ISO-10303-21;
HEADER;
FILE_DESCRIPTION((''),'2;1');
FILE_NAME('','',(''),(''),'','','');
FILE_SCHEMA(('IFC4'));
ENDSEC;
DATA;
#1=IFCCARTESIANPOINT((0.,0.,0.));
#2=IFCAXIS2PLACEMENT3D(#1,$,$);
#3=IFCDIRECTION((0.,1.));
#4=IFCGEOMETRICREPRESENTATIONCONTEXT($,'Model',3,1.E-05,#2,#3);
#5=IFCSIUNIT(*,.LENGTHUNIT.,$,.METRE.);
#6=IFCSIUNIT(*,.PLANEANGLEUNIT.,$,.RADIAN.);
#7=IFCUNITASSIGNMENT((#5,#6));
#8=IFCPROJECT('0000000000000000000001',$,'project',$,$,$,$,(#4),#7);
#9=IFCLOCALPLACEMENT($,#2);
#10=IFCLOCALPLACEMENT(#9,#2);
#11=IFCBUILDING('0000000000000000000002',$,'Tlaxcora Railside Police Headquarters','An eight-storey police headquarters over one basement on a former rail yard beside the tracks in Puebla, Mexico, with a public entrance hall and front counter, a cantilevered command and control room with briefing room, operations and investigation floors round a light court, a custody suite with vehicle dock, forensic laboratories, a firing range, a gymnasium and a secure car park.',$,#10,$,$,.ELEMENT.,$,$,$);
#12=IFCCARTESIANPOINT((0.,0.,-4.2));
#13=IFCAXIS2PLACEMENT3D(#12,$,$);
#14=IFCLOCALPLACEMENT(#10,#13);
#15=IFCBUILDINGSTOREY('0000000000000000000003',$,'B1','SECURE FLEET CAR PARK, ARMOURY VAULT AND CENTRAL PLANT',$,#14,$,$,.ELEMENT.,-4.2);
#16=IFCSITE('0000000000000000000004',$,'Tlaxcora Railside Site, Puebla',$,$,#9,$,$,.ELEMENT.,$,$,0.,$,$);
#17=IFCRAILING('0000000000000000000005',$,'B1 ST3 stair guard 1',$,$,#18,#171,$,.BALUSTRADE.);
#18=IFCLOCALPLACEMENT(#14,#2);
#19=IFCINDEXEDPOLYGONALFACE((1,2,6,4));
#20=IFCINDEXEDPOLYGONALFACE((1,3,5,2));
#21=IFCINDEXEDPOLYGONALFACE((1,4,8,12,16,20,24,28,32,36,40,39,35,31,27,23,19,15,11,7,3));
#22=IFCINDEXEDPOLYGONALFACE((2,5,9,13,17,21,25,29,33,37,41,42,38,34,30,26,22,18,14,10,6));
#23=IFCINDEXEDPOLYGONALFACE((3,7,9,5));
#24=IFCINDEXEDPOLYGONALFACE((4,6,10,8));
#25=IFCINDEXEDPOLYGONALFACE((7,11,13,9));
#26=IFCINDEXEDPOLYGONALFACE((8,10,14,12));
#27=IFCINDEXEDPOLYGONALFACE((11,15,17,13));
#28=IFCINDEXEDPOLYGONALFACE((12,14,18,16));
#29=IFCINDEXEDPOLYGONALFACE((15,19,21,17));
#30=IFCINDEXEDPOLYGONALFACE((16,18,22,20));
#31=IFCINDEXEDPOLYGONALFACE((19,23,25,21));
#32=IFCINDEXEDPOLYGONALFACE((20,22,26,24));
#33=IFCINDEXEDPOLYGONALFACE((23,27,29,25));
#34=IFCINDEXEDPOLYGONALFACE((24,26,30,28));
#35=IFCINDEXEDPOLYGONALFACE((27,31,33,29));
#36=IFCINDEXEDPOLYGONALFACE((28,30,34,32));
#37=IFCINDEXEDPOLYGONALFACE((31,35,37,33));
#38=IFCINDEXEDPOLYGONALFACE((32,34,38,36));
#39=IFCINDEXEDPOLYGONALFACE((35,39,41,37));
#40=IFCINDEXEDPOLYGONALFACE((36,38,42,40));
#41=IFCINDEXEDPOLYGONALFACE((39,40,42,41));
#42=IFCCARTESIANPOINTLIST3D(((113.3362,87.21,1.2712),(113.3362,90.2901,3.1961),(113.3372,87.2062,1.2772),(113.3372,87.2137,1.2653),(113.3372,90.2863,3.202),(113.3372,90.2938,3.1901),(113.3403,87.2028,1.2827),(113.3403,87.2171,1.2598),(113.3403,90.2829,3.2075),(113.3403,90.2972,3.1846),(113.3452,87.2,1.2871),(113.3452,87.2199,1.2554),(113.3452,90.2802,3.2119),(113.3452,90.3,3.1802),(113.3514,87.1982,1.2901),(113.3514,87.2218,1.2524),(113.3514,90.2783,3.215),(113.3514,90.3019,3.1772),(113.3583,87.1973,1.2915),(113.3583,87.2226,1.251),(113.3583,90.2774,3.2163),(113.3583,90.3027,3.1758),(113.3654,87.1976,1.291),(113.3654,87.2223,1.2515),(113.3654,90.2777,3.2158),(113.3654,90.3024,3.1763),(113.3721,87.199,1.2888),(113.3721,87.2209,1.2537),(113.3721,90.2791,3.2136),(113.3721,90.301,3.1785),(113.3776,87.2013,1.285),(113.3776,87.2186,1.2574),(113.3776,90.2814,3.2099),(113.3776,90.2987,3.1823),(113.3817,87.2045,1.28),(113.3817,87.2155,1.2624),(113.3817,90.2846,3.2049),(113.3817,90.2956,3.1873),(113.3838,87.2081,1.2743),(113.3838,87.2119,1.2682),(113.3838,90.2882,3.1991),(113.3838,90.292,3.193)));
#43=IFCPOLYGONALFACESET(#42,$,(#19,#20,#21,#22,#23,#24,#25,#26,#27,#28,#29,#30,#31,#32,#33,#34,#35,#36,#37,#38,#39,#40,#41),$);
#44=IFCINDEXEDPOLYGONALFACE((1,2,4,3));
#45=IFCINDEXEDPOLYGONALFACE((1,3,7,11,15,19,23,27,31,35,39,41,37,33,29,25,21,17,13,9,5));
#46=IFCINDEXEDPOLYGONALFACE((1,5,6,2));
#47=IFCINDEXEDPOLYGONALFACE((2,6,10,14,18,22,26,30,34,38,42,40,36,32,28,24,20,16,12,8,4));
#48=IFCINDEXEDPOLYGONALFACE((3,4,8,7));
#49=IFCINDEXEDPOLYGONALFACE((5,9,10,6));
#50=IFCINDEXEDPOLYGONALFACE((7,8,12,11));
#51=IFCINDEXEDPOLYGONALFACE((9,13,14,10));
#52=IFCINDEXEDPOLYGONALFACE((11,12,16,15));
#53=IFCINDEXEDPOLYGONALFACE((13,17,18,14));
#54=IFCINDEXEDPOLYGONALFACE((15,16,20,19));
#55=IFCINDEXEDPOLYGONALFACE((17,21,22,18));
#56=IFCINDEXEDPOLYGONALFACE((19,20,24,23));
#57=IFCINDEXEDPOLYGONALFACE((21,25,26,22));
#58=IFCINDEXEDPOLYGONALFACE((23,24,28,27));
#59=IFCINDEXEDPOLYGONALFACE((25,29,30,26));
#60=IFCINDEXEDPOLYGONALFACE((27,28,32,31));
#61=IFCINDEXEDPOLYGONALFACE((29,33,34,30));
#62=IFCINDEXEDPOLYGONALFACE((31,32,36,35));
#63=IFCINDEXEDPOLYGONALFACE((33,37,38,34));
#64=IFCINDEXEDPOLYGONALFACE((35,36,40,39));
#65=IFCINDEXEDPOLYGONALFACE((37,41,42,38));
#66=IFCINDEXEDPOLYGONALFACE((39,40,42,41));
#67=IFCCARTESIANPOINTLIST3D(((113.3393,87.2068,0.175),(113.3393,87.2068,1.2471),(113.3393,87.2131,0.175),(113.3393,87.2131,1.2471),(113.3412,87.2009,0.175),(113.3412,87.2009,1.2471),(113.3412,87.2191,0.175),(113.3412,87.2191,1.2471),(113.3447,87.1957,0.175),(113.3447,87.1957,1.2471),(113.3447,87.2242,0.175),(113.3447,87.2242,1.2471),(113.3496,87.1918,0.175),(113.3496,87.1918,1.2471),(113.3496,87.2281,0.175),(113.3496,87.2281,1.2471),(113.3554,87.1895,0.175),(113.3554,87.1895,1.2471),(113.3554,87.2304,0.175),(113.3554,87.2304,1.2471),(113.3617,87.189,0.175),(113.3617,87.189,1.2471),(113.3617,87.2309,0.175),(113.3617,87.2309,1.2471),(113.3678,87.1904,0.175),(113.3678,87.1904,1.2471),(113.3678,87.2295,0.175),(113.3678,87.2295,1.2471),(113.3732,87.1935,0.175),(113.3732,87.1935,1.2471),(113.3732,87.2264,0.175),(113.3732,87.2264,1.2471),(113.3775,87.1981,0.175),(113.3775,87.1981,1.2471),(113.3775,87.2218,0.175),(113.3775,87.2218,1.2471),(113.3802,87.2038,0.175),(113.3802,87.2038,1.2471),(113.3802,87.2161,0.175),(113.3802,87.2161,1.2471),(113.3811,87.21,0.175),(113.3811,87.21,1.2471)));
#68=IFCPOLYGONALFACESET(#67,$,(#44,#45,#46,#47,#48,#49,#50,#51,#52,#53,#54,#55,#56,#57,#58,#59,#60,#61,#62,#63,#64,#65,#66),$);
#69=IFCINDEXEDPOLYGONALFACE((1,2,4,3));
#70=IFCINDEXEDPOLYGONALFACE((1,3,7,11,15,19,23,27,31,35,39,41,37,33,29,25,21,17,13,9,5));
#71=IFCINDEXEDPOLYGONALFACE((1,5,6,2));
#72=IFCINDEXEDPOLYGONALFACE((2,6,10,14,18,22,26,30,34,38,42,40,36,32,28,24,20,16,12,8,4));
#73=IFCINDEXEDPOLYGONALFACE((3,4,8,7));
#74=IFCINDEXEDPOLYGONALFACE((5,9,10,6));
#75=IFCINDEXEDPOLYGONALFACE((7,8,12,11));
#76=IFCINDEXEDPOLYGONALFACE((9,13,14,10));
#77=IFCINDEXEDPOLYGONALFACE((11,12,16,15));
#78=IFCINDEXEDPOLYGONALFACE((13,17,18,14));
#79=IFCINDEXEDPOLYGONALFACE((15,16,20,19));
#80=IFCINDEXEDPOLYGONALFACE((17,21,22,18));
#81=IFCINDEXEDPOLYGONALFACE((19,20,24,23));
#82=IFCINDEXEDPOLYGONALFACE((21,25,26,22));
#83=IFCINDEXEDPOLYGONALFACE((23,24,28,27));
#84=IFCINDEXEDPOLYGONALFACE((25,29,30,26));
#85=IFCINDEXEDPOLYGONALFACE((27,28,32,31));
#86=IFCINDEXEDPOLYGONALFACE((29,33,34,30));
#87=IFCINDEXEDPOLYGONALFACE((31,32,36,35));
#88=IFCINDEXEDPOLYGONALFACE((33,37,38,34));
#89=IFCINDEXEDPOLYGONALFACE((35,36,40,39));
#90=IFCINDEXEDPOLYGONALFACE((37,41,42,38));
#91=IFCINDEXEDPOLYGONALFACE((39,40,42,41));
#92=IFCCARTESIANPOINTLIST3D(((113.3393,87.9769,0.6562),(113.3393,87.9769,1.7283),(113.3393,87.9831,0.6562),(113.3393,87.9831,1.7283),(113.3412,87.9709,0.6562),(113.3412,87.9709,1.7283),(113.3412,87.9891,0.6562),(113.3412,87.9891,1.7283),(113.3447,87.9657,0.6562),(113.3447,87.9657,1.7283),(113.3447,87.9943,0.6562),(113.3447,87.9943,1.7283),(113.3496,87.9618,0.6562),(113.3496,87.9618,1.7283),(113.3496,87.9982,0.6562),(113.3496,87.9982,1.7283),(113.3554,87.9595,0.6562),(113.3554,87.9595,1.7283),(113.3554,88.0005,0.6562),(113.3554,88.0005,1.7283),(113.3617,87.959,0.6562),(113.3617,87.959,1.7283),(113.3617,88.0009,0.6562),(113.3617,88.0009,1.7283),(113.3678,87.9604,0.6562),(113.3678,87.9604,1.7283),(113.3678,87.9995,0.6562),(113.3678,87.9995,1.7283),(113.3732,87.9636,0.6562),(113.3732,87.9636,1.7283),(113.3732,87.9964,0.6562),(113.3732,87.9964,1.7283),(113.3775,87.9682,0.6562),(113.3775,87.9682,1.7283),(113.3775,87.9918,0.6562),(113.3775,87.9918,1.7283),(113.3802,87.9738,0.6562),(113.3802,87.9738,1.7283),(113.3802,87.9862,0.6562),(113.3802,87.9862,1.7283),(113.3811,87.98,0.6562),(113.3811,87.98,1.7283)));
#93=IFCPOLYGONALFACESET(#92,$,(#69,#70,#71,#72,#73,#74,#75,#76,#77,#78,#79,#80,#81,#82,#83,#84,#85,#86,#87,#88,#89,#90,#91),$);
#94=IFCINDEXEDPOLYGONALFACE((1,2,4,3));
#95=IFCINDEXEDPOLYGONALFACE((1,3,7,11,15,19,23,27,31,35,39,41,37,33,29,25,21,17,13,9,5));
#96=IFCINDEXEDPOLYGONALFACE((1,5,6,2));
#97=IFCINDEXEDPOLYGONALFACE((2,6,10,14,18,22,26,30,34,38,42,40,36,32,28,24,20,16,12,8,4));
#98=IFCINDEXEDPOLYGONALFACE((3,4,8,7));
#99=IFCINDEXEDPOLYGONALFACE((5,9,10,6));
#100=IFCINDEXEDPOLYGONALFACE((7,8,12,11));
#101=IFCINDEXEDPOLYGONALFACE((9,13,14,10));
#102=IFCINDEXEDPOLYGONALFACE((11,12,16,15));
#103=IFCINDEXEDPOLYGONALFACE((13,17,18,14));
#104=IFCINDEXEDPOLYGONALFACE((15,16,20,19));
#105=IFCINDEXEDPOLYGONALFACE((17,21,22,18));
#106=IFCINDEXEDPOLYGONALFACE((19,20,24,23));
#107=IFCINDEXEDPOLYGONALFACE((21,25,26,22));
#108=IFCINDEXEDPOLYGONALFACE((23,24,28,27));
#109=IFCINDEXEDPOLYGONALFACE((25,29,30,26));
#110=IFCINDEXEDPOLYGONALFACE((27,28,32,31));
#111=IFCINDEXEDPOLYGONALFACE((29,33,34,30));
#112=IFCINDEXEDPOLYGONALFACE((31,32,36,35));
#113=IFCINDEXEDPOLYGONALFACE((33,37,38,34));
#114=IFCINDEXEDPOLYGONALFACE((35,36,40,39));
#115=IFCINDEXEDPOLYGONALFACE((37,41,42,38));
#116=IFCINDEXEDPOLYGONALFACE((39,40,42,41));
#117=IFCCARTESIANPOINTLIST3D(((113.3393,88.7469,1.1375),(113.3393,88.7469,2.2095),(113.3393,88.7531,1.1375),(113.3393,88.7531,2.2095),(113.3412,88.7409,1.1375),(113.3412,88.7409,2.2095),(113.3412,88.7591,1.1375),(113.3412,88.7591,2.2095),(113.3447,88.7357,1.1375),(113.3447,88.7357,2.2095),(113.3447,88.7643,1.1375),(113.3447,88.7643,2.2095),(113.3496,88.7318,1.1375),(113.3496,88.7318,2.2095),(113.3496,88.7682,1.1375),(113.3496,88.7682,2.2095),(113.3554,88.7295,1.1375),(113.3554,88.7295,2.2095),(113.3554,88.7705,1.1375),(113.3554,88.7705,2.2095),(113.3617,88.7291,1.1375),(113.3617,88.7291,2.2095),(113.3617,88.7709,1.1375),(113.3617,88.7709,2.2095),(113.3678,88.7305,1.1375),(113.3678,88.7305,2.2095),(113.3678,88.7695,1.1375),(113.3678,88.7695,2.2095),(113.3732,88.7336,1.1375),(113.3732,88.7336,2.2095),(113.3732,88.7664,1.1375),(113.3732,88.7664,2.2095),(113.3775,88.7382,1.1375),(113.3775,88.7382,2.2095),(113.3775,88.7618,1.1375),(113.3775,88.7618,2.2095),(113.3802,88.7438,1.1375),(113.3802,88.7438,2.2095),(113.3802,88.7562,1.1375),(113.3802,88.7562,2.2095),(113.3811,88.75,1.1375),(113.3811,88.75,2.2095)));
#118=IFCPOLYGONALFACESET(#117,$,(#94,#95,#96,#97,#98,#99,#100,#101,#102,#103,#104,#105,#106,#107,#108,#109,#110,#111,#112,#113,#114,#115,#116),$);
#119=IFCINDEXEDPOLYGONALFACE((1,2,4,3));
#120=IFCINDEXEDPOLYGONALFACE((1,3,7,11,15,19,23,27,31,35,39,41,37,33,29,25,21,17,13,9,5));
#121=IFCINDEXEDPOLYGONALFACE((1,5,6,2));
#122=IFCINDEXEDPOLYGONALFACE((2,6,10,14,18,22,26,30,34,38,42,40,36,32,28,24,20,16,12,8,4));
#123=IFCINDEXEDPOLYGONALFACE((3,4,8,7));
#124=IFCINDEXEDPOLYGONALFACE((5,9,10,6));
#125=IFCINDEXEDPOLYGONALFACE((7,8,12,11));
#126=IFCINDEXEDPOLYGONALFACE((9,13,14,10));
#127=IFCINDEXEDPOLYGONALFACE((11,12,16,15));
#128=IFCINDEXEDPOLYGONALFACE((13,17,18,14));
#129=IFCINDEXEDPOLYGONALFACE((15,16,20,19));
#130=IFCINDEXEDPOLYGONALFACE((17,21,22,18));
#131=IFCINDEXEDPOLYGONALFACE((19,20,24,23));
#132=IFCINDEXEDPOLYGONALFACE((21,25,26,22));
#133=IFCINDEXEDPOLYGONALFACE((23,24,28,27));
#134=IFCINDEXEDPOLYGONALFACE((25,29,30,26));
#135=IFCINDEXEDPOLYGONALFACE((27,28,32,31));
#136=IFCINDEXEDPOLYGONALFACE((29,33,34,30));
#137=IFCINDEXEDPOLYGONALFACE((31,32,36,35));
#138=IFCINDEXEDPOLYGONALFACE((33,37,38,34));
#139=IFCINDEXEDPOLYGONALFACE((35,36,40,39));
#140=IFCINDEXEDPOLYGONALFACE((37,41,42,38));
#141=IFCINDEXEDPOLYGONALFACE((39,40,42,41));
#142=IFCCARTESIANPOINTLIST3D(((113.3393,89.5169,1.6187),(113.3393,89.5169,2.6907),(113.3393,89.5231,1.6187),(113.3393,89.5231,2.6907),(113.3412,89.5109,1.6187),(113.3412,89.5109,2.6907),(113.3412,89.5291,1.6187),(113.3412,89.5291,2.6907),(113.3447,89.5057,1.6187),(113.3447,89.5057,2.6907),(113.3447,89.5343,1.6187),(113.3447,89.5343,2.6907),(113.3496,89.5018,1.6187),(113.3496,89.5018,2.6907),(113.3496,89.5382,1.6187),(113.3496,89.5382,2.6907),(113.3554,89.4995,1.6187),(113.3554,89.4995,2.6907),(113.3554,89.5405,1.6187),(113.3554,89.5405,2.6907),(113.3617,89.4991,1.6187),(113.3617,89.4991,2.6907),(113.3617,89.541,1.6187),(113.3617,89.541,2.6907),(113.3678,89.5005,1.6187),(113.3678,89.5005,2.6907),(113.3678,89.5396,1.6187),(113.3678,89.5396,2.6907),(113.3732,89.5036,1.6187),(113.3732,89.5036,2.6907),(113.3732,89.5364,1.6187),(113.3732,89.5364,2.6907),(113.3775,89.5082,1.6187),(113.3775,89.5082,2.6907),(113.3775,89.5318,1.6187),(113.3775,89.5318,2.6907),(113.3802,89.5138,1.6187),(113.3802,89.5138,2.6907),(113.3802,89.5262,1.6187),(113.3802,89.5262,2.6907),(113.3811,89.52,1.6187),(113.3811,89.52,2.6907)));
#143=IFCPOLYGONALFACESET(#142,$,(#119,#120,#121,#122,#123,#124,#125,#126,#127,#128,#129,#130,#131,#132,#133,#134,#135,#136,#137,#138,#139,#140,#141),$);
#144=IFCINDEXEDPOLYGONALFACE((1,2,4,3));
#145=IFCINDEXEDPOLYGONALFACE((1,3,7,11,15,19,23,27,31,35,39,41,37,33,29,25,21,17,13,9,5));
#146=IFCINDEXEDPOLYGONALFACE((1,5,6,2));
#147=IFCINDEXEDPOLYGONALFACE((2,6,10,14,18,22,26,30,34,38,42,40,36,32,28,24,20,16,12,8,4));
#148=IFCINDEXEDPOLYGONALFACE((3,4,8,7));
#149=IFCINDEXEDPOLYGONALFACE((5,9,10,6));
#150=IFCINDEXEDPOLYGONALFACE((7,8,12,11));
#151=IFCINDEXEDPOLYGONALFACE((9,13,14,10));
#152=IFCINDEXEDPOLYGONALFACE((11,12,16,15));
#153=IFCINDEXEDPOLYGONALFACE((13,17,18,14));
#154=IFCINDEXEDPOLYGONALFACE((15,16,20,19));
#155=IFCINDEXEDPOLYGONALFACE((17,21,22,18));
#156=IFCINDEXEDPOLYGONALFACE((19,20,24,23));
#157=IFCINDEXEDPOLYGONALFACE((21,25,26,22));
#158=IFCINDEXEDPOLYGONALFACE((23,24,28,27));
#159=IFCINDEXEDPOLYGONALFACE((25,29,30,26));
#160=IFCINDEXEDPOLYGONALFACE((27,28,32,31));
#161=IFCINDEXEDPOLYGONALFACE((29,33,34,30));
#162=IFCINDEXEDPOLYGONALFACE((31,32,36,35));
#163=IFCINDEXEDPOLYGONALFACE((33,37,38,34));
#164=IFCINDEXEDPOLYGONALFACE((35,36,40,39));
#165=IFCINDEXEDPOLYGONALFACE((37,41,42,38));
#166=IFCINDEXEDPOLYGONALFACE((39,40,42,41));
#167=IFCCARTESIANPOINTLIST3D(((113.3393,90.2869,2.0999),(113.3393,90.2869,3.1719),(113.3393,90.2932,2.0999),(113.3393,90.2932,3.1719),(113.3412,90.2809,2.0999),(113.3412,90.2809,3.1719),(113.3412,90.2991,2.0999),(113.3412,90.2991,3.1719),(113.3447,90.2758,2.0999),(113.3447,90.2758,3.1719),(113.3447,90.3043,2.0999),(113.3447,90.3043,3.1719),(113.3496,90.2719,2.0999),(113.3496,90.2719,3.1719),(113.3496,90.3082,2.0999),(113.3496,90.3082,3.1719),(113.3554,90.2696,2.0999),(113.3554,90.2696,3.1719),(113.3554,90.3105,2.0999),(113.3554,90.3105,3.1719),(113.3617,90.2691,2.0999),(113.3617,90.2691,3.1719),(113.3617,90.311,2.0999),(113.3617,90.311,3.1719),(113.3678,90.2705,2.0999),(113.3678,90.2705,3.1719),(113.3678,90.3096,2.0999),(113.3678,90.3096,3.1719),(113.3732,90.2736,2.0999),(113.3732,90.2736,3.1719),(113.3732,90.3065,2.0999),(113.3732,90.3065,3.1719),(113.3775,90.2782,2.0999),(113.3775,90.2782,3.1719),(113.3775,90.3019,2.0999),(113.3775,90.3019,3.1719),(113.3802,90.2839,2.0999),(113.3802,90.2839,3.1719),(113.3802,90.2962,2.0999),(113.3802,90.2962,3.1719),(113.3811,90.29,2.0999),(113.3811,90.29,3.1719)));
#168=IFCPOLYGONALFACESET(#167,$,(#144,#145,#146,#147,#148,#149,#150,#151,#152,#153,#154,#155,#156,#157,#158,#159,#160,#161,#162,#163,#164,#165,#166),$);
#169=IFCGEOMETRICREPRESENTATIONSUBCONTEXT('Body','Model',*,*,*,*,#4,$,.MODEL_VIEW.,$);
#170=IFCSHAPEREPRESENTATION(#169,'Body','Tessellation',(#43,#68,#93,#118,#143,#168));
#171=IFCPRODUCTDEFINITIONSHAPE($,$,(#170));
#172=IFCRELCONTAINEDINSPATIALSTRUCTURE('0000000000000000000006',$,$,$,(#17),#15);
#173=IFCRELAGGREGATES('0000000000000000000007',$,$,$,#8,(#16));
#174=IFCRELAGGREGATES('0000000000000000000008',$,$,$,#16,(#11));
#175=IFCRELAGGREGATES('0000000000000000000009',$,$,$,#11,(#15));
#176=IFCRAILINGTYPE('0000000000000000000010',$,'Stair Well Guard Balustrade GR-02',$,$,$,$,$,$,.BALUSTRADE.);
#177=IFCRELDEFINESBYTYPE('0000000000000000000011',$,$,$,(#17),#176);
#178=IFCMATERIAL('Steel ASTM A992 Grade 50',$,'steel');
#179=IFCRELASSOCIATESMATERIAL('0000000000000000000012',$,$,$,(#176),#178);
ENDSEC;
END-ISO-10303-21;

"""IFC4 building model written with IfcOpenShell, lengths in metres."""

from ifc_helpers import new_model, si_unit, direction, frame, origin, origin_2d, place, context, subcontext, project, spatial, circle, extrude, material, type_object, element, save


model = new_model("IFC4")

# Units and contexts
model_context = context("Model", 3, precision=1e-05, world=origin(), true_north=direction((0.0, 1.0)))
body_context = subcontext(model_context, "Body", "Model", "MODEL_VIEW")
ifc_project = project(units=[si_unit("LENGTHUNIT", "METRE"), si_unit("PLANEANGLEUNIT", "RADIAN")], contexts=[model_context])

# Site, building, storey
site_placement = place(None, origin())
site = spatial("IfcSite", under=ifc_project, at=site_placement, Name="Tlaxcora Railside Site, Puebla", CompositionType="ELEMENT", RefElevation=0.0)
building_placement = place(site_placement, origin())
building = spatial("IfcBuilding", under=site, at=building_placement, Name="Tlaxcora Railside Police Headquarters", Description="An eight-storey police headquarters over one basement on a former rail yard beside the tracks in Puebla, Mexico, with a public entrance hall and front counter, a cantilevered command and control room with briefing room, operations and investigation floors round a light court, a custody suite with vehicle dock, forensic laboratories, a firing range, a gymnasium and a secure car park.", CompositionType="ELEMENT")
storey_placement = place(building_placement, frame((0.0, 0.0, -4.2)))
storey = spatial("IfcBuildingStorey", under=building, at=storey_placement, Name="B1", Description="SECURE FLEET CAR PARK, ARMOURY VAULT AND CENTRAL PLANT", CompositionType="ELEMENT", Elevation=-4.2)

# Shared definitions
ifc_material_1 = material(Name="Steel ASTM A992 Grade 50", Category="steel")

# Railing
railing_type_1 = type_object("IfcRailingType", Name="Stair Well Guard Balustrade GR-02", PredefinedType="BALUSTRADE", material=ifc_material_1)
railing_1_placement = place(storey_placement, frame((113.3601, 87.21, 0.175)))
element("IfcRailing", 1, at=railing_1_placement, inside=storey, type_object=railing_type_1, Name="B1 ST3 stair guard 1", PredefinedType="BALUSTRADE", context=body_context, shape_type="SweptSolid", body=[
    extrude(circle(Radius=0.0239, at=origin_2d()), frame((0.0, 0.0, 1.0962), z_axis=(0.0, 0.848029, 0.529951), x_axis=(-1.0, 0.0, 0.0)), (0.0, 0.0, 1.0), 3.6321),
    extrude(circle(Radius=0.021, at=origin_2d()), origin(), (0.0, 0.0, 1.0), 1.072),
    extrude(circle(Radius=0.021, at=origin_2d()), frame((0.0, 0.77, 0.4812)), (0.0, 0.0, 1.0), 1.072),
    extrude(circle(Radius=0.021, at=origin_2d()), frame((0.0, 1.54, 0.9624)), (0.0, 0.0, 1.0), 1.072),
    extrude(circle(Radius=0.021, at=origin_2d()), frame((0.0, 2.3101, 1.4436)), (0.0, 0.0, 1.0), 1.072),
    extrude(circle(Radius=0.021, at=origin_2d()), frame((0.0, 3.0801, 1.9248)), (0.0, 0.0, 1.0), 1.072),
])

save(model, "model.ifc")
